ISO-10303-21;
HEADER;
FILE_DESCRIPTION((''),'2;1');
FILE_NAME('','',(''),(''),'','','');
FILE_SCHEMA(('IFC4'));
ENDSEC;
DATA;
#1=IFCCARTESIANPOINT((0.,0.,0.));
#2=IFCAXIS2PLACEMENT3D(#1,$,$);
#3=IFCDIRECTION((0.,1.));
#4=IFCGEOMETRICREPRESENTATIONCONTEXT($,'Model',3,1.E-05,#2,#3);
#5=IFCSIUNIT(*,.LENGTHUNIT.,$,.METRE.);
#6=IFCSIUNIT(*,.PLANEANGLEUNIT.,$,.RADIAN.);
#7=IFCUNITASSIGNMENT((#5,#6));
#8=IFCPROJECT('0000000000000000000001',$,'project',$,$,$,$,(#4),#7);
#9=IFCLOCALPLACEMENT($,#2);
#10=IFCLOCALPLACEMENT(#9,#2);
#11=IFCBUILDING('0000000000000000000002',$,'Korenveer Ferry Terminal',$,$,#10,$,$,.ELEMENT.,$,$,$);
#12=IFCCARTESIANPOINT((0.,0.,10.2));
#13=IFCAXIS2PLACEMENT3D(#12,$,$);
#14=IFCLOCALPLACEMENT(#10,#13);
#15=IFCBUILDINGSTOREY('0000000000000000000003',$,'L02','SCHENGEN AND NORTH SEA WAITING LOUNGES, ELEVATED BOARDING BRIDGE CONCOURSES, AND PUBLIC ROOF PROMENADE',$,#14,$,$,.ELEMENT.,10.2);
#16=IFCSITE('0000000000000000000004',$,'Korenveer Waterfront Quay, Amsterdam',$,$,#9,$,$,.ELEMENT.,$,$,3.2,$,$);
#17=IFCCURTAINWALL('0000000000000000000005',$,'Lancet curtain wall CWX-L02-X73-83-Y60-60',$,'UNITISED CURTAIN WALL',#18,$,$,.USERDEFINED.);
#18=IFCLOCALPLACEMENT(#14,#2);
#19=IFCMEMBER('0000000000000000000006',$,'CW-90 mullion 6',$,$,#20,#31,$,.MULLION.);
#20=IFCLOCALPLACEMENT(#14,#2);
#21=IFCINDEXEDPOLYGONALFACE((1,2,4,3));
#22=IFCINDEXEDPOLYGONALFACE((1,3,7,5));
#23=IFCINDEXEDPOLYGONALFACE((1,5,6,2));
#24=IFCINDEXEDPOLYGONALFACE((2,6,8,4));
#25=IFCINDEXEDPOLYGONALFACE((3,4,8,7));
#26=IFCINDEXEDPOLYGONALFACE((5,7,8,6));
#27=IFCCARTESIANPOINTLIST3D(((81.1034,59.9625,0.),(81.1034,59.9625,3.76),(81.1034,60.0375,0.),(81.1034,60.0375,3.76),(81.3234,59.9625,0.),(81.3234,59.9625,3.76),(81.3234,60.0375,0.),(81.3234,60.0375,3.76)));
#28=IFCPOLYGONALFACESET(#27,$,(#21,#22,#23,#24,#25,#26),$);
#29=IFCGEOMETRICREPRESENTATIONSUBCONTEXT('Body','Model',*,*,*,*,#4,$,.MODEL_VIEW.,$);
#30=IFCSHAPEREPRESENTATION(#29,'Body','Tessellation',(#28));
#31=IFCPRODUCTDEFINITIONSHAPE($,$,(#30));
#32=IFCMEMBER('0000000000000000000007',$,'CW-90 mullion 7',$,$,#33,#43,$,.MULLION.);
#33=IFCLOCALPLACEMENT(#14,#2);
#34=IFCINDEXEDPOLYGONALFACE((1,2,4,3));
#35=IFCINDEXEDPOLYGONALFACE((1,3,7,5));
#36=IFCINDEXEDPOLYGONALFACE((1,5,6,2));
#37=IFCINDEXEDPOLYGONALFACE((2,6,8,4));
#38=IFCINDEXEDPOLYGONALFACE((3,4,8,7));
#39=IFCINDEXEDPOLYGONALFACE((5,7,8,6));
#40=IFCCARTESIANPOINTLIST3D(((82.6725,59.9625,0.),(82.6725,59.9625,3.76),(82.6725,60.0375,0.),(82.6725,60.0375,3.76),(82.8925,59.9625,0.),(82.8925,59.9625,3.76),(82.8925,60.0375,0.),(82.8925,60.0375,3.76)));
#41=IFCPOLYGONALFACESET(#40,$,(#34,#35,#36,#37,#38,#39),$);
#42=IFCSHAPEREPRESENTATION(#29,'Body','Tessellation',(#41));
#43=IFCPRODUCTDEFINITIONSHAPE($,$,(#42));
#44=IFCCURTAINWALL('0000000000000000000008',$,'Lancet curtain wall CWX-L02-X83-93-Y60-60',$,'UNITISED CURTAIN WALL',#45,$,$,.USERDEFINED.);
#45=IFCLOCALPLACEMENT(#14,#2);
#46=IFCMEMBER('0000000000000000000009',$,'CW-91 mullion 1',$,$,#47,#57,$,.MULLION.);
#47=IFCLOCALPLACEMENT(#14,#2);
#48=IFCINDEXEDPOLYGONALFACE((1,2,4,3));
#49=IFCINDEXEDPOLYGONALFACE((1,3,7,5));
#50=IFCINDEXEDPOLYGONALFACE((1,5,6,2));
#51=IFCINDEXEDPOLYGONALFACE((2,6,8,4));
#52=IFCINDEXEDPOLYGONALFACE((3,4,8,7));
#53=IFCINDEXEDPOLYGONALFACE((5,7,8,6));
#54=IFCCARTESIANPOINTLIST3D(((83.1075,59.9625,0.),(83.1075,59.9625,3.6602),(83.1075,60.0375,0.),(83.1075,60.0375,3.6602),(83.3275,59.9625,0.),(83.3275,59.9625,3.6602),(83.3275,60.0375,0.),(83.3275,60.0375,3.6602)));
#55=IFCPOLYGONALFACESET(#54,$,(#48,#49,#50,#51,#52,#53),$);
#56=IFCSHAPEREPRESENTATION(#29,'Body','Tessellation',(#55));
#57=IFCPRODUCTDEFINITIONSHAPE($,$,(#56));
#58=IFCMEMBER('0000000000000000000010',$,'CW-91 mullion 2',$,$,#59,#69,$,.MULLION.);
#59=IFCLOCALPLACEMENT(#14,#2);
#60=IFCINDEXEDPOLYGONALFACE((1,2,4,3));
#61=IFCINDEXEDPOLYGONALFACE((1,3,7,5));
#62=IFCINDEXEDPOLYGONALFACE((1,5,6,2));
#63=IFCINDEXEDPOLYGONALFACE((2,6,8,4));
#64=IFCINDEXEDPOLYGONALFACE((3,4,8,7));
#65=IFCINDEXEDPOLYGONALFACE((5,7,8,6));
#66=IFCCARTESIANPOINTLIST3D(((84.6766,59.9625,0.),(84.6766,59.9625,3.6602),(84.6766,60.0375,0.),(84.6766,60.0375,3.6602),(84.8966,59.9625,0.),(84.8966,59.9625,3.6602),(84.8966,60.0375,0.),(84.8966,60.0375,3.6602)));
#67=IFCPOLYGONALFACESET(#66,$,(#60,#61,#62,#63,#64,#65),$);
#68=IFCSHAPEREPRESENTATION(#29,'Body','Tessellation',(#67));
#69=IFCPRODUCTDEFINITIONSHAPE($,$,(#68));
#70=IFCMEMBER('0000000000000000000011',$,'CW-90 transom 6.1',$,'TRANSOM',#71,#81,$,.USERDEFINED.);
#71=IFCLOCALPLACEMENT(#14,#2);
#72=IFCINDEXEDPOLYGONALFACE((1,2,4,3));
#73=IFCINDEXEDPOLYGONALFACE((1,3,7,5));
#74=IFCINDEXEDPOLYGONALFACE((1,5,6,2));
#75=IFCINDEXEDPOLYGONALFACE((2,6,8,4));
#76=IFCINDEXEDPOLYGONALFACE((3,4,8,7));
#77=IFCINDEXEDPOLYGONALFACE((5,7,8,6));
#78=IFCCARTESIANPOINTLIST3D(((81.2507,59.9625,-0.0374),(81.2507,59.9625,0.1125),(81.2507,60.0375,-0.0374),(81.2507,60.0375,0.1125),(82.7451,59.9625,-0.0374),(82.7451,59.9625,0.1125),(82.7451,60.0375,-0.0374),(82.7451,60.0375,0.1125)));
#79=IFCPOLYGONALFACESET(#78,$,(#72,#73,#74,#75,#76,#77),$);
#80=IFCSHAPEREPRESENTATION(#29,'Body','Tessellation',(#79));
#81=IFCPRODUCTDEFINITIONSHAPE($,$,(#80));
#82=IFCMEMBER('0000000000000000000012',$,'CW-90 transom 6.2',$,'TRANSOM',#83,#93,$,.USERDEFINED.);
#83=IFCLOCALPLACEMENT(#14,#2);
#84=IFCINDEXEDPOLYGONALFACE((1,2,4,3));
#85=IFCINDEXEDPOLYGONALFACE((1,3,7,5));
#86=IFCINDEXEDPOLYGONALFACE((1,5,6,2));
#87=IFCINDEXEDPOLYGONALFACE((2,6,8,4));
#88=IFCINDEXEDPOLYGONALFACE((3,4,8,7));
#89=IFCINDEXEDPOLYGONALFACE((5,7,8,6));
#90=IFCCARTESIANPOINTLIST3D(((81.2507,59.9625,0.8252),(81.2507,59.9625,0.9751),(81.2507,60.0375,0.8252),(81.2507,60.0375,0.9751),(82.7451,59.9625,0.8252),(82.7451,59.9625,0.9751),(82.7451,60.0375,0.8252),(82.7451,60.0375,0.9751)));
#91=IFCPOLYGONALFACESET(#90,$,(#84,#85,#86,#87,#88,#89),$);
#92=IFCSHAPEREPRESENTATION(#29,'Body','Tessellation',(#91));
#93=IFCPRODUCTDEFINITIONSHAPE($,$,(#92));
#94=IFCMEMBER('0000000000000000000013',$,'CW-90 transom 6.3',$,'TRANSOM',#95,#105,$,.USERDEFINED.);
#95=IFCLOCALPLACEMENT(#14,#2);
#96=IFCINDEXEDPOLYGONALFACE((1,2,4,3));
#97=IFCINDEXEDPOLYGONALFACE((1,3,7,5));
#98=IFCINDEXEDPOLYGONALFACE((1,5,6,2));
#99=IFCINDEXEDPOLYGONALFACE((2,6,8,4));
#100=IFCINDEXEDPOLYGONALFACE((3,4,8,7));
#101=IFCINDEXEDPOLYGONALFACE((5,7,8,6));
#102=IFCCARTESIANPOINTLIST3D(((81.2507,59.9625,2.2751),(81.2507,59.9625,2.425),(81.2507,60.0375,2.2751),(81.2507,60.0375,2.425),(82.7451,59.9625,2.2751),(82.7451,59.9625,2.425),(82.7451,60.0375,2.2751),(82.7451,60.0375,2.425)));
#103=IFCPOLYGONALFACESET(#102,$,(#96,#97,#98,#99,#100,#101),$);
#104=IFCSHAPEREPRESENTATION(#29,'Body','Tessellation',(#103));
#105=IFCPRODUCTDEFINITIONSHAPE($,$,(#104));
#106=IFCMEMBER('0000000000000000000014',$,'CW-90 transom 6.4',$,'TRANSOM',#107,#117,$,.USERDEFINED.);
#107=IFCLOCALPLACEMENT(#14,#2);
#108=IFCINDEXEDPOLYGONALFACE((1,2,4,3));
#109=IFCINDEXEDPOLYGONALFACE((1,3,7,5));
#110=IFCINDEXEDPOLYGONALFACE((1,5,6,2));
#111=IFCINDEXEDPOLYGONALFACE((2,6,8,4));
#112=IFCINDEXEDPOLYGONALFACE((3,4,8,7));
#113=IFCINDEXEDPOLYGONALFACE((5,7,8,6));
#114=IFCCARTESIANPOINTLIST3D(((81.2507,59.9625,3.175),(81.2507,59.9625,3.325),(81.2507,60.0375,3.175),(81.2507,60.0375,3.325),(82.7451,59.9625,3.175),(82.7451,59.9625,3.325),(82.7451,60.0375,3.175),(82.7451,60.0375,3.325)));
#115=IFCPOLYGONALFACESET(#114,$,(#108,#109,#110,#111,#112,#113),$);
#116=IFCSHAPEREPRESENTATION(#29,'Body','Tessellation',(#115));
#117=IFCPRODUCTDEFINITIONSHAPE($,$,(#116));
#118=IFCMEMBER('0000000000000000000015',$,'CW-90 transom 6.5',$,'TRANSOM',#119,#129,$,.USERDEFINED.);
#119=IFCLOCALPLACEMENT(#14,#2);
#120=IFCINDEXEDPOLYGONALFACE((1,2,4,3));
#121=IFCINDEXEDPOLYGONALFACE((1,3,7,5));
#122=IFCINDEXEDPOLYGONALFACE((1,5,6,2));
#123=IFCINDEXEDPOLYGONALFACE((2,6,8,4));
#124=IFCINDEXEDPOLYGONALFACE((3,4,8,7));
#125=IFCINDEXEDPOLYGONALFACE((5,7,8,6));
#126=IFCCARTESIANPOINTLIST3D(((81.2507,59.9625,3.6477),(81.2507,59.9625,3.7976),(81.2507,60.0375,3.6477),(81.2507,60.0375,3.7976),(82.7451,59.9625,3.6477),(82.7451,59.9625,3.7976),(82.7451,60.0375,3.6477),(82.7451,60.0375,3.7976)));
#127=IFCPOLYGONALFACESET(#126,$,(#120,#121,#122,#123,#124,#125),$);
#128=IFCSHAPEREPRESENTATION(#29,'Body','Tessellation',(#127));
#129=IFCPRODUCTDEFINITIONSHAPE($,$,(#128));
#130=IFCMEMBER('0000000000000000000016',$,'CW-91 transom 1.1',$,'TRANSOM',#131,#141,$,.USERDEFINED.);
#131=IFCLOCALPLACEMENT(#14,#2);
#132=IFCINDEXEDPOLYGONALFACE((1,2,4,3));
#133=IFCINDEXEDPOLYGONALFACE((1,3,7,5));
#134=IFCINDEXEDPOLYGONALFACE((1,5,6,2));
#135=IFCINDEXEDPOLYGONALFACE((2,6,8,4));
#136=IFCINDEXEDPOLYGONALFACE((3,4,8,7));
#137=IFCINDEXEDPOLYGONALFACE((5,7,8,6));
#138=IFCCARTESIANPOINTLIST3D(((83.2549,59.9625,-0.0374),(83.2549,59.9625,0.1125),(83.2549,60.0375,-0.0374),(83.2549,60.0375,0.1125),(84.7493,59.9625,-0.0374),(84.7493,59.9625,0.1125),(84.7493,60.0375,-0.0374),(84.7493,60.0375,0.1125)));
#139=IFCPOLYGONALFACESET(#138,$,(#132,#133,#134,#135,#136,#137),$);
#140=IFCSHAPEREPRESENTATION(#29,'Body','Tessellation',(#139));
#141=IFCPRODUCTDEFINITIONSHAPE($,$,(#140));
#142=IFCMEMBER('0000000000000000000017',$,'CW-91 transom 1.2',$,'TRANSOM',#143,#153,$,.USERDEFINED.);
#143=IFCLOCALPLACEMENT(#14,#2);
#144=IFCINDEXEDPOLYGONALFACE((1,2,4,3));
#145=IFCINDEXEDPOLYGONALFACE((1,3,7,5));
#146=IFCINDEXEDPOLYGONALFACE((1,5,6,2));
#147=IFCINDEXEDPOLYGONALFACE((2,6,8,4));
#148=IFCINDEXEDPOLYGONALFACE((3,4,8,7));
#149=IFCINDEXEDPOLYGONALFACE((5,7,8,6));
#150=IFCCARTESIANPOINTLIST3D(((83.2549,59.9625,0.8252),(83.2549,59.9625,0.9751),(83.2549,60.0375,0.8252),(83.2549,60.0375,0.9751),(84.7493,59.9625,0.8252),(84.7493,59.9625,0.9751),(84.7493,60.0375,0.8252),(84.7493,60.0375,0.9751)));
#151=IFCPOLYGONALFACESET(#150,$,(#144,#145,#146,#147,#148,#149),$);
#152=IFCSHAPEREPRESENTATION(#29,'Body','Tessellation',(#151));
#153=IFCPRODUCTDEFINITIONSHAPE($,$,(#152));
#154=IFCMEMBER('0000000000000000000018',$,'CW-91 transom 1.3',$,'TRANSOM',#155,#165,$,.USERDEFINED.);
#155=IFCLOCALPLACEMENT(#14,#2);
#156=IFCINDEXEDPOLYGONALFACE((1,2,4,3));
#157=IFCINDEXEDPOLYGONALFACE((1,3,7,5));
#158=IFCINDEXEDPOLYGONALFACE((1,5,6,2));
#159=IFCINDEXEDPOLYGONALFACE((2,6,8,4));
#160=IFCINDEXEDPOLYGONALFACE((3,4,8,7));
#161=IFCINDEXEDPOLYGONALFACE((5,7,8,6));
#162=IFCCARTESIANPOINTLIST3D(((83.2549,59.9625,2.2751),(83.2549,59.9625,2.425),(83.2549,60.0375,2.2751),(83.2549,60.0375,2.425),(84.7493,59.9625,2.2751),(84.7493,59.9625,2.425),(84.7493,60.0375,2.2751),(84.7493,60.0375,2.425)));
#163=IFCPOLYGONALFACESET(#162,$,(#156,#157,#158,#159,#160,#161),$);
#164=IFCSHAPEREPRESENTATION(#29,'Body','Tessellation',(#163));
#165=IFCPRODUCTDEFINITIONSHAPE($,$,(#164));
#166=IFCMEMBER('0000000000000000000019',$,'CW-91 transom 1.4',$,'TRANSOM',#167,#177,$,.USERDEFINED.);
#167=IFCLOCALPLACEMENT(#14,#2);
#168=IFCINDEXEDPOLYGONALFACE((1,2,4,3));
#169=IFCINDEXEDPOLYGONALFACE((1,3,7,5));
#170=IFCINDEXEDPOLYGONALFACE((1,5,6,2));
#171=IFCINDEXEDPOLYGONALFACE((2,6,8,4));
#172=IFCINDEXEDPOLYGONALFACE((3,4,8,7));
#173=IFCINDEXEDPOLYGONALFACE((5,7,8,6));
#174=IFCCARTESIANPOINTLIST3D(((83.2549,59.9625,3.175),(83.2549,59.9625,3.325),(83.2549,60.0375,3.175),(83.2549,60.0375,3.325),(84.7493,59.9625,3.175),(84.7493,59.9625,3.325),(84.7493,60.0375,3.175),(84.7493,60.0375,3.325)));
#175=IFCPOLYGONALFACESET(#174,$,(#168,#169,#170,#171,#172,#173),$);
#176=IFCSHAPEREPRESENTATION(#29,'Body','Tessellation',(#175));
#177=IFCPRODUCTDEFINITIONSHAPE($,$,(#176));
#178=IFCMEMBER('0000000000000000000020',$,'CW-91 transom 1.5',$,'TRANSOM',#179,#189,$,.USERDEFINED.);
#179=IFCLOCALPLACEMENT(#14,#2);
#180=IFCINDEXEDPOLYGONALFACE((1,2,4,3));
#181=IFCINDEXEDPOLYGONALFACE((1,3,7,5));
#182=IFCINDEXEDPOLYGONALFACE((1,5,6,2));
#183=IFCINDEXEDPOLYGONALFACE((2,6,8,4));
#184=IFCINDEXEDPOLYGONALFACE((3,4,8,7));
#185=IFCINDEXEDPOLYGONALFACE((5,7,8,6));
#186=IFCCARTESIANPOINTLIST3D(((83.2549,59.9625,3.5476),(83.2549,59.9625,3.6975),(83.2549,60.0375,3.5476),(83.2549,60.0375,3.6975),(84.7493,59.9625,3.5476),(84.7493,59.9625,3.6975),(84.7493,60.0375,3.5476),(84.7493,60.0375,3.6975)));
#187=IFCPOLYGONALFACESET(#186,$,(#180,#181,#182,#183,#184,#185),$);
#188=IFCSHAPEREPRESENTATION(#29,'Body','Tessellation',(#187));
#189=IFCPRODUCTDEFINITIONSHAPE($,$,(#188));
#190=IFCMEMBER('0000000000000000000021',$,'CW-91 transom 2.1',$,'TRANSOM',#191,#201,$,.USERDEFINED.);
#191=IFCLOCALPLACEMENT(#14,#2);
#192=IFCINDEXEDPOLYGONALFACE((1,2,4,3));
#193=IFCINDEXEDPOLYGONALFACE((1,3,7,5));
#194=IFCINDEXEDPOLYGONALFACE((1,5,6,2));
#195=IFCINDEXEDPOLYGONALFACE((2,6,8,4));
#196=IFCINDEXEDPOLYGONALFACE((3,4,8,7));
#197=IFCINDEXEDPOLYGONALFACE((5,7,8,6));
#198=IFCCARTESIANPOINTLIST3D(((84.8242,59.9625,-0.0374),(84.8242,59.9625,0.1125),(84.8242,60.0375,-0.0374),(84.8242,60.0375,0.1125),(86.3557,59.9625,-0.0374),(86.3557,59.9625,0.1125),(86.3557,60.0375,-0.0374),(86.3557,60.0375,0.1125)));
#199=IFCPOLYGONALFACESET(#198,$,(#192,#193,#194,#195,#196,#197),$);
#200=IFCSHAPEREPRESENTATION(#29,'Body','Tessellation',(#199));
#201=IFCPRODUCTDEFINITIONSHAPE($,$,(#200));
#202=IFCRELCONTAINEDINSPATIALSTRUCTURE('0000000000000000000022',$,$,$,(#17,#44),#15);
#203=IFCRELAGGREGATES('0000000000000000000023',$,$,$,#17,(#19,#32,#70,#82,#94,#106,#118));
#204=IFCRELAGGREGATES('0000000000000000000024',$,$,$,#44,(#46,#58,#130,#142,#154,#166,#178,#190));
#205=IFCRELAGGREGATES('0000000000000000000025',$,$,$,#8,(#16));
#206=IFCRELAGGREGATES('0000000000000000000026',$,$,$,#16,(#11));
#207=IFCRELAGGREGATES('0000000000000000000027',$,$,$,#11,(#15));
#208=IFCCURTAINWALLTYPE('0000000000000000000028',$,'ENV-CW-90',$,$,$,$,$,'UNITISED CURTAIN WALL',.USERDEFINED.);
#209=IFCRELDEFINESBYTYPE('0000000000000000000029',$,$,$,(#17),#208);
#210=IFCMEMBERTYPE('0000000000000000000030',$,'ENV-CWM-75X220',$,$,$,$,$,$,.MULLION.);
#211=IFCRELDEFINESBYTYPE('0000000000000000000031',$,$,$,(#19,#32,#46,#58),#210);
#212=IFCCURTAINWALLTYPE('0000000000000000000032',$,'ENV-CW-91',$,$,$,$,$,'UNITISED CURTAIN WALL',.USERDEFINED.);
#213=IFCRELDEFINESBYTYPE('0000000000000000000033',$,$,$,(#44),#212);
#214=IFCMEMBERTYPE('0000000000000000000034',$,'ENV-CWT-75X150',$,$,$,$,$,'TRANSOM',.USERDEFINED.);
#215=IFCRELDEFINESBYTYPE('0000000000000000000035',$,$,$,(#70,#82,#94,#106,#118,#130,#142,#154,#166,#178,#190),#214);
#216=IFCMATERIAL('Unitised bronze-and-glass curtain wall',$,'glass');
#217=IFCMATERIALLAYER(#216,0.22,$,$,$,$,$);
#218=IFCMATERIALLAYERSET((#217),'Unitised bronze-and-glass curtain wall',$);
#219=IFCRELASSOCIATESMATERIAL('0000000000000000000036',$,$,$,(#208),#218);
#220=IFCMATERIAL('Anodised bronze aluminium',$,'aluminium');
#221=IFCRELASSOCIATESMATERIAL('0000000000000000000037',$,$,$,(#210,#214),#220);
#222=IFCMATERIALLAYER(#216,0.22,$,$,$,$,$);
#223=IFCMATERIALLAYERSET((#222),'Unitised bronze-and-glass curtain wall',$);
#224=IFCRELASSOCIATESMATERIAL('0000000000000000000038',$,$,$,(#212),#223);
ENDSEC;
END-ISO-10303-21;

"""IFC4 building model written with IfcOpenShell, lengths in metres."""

from ifc_helpers import new_model, si_unit, direction, frame, origin, origin_2d, place, context, subcontext, project, spatial, rectangle, extrude, material, layer, layer_set, material_profile, profile_set, type_object, element, aggregate, save


model = new_model("IFC4")

# Units and contexts
model_context = context("Model", 3, precision=1e-05, world=origin(), true_north=direction((0.0, 1.0)))
body_context = subcontext(model_context, "Body", "Model", "MODEL_VIEW")
ifc_project = project(units=[si_unit("LENGTHUNIT", "METRE"), si_unit("PLANEANGLEUNIT", "RADIAN")], contexts=[model_context])

# Site, building, storey
site_placement = place(None, origin())
site = spatial("IfcSite", under=ifc_project, at=site_placement, Name="Korenveer Waterfront Quay, Amsterdam", CompositionType="ELEMENT", RefElevation=3.2)
building_placement = place(site_placement, origin())
building = spatial("IfcBuilding", under=site, at=building_placement, Name="Korenveer Ferry Terminal", CompositionType="ELEMENT")
storey_placement = place(building_placement, frame((0.0, 0.0, 10.2)))
storey = spatial("IfcBuildingStorey", under=building, at=storey_placement, Name="L02", Description="SCHENGEN AND NORTH SEA WAITING LOUNGES, ELEVATED BOARDING BRIDGE CONCOURSES, AND PUBLIC ROOF PROMENADE", CompositionType="ELEMENT", Elevation=10.2)

# Curtain walls, members
ifc_material_1 = material(Name="Unitised bronze-and-glass curtain wall", Category="glass")
ifc_layer_1 = layer(ifc_material_1, 0.22)
ifc_layer_set_1 = layer_set([ifc_layer_1], Name="Unitised bronze-and-glass curtain wall")
curtain_wall_type_1 = type_object("IfcCurtainWallType", Name="ENV-CW-90", ElementType="UNITISED CURTAIN WALL", PredefinedType="USERDEFINED", material=ifc_layer_set_1)
curtain_wall_1_placement = place(storey_placement, frame((73.1799, 60.0, 0.0)))
curtain_wall_1 = element("IfcCurtainWall", 1, at=curtain_wall_1_placement, inside=storey, type_object=curtain_wall_type_1, Name="Lancet curtain wall CWX-L02-X73-83-Y60-60", ObjectType="UNITISED CURTAIN WALL", PredefinedType="USERDEFINED")
ifc_material_2 = material(Name="Anodised bronze aluminium", Category="aluminium")
ifc_material_profile_1 = material_profile(ifc_material_2, rectangle(XDim=0.075, YDim=0.22, at=origin_2d()), Name="ALU 75x220")
ifc_profile_set_1 = profile_set([ifc_material_profile_1], Name="Anodised bronze aluminium")
member_type_1 = type_object("IfcMemberType", Name="ENV-CWM-75X220", PredefinedType="MULLION", material=ifc_profile_set_1)
member_1_placement = place(storey_placement, frame((81.2134, 60.0, 0.0), z_axis=(0.0, 0.0, 1.0), x_axis=(0.0, 1.0, 0.0)))
member_1 = element("IfcMember", 2, at=member_1_placement, type_object=member_type_1, Name="CW-90 mullion 6", PredefinedType="MULLION", context=body_context, shape_type="SweptSolid", body=[
    extrude(rectangle(XDim=0.075, YDim=0.22, at=origin_2d()), origin(), (0.0, 0.0, 1.0), 3.76),
])
member_2_placement = place(storey_placement, frame((82.7825, 60.0, 0.0), z_axis=(0.0, 0.0, 1.0), x_axis=(0.0, 1.0, 0.0)))
member_2 = element("IfcMember", 3, at=member_2_placement, type_object=member_type_1, Name="CW-90 mullion 7", PredefinedType="MULLION", context=body_context, shape_type="SweptSolid", body=[
    extrude(rectangle(XDim=0.075, YDim=0.22, at=origin_2d()), origin(), (0.0, 0.0, 1.0), 3.76),
])
ifc_layer_2 = layer(ifc_material_1, 0.22)
ifc_layer_set_2 = layer_set([ifc_layer_2], Name="Unitised bronze-and-glass curtain wall")
curtain_wall_type_2 = type_object("IfcCurtainWallType", Name="ENV-CW-91", ElementType="UNITISED CURTAIN WALL", PredefinedType="USERDEFINED", material=ifc_layer_set_2)
curtain_wall_2_placement = place(storey_placement, frame((83.1799, 60.0, 0.0)))
curtain_wall_2 = element("IfcCurtainWall", 4, at=curtain_wall_2_placement, inside=storey, type_object=curtain_wall_type_2, Name="Lancet curtain wall CWX-L02-X83-93-Y60-60", ObjectType="UNITISED CURTAIN WALL", PredefinedType="USERDEFINED")
member_3_placement = place(storey_placement, frame((83.2175, 60.0, 0.0), z_axis=(0.0, 0.0, 1.0), x_axis=(0.0, 1.0, 0.0)))
member_3 = element("IfcMember", 5, at=member_3_placement, type_object=member_type_1, Name="CW-91 mullion 1", PredefinedType="MULLION", context=body_context, shape_type="SweptSolid", body=[
    extrude(rectangle(XDim=0.075, YDim=0.22, at=origin_2d()), origin(), (0.0, 0.0, 1.0), 3.6602),
])
member_4_placement = place(storey_placement, frame((84.7866, 60.0, 0.0), z_axis=(0.0, 0.0, 1.0), x_axis=(0.0, 1.0, 0.0)))
member_4 = element("IfcMember", 6, at=member_4_placement, type_object=member_type_1, Name="CW-91 mullion 2", PredefinedType="MULLION", context=body_context, shape_type="SweptSolid", body=[
    extrude(rectangle(XDim=0.075, YDim=0.22, at=origin_2d()), origin(), (0.0, 0.0, 1.0), 3.6602),
])

# Members
ifc_material_profile_2 = material_profile(ifc_material_2, rectangle(XDim=0.075, YDim=0.1499, at=origin_2d()), Name="ALU 75x150")
ifc_profile_set_2 = profile_set([ifc_material_profile_2], Name="Anodised bronze aluminium")
member_type_2 = type_object("IfcMemberType", Name="ENV-CWT-75X150", ElementType="TRANSOM", PredefinedType="USERDEFINED", material=ifc_profile_set_2)
member_5_placement = place(storey_placement, frame((81.2507, 60.0, 0.0376), z_axis=(1.0, 0.0, 0.0), x_axis=(0.0, 1.0, 0.0)))
member_5 = element("IfcMember", 7, at=member_5_placement, type_object=member_type_2, Name="CW-90 transom 6.1", ObjectType="TRANSOM", PredefinedType="USERDEFINED", context=body_context, shape_type="SweptSolid", body=[
    extrude(rectangle(XDim=0.075, YDim=0.1499, at=origin_2d()), origin(), (0.0, 0.0, 1.0), 1.4944),
])
member_6_placement = place(storey_placement, frame((81.2507, 60.0, 0.9001), z_axis=(1.0, 0.0, 0.0), x_axis=(0.0, 1.0, 0.0)))
member_6 = element("IfcMember", 8, at=member_6_placement, type_object=member_type_2, Name="CW-90 transom 6.2", ObjectType="TRANSOM", PredefinedType="USERDEFINED", context=body_context, shape_type="SweptSolid", body=[
    extrude(rectangle(XDim=0.075, YDim=0.1499, at=origin_2d()), origin(), (0.0, 0.0, 1.0), 1.4944),
])
member_7_placement = place(storey_placement, frame((81.2507, 60.0, 2.3501), z_axis=(1.0, 0.0, 0.0), x_axis=(0.0, 1.0, 0.0)))
member_7 = element("IfcMember", 9, at=member_7_placement, type_object=member_type_2, Name="CW-90 transom 6.3", ObjectType="TRANSOM", PredefinedType="USERDEFINED", context=body_context, shape_type="SweptSolid", body=[
    extrude(rectangle(XDim=0.075, YDim=0.1499, at=origin_2d()), origin(), (0.0, 0.0, 1.0), 1.4944),
])
member_8_placement = place(storey_placement, frame((81.2507, 60.0, 3.25), z_axis=(1.0, 0.0, 0.0), x_axis=(0.0, 1.0, 0.0)))
member_8 = element("IfcMember", 10, at=member_8_placement, type_object=member_type_2, Name="CW-90 transom 6.4", ObjectType="TRANSOM", PredefinedType="USERDEFINED", context=body_context, shape_type="SweptSolid", body=[
    extrude(rectangle(XDim=0.075, YDim=0.1499, at=origin_2d()), origin(), (0.0, 0.0, 1.0), 1.4944),
])
member_9_placement = place(storey_placement, frame((81.2507, 60.0, 3.7227), z_axis=(1.0, 0.0, 0.0), x_axis=(0.0, 1.0, 0.0)))
member_9 = element("IfcMember", 11, at=member_9_placement, type_object=member_type_2, Name="CW-90 transom 6.5", ObjectType="TRANSOM", PredefinedType="USERDEFINED", context=body_context, shape_type="SweptSolid", body=[
    extrude(rectangle(XDim=0.075, YDim=0.1499, at=origin_2d()), origin(), (0.0, 0.0, 1.0), 1.4944),
])
member_10_placement = place(storey_placement, frame((83.2549, 60.0, 0.0376), z_axis=(1.0, 0.0, 0.0), x_axis=(0.0, 1.0, 0.0)))
member_10 = element("IfcMember", 12, at=member_10_placement, type_object=member_type_2, Name="CW-91 transom 1.1", ObjectType="TRANSOM", PredefinedType="USERDEFINED", context=body_context, shape_type="SweptSolid", body=[
    extrude(rectangle(XDim=0.075, YDim=0.1499, at=origin_2d()), origin(), (0.0, 0.0, 1.0), 1.4944),
])
member_11_placement = place(storey_placement, frame((83.2549, 60.0, 0.9001), z_axis=(1.0, 0.0, 0.0), x_axis=(0.0, 1.0, 0.0)))
member_11 = element("IfcMember", 13, at=member_11_placement, type_object=member_type_2, Name="CW-91 transom 1.2", ObjectType="TRANSOM", PredefinedType="USERDEFINED", context=body_context, shape_type="SweptSolid", body=[
    extrude(rectangle(XDim=0.075, YDim=0.1499, at=origin_2d()), origin(), (0.0, 0.0, 1.0), 1.4944),
])
member_12_placement = place(storey_placement, frame((83.2549, 60.0, 2.3501), z_axis=(1.0, 0.0, 0.0), x_axis=(0.0, 1.0, 0.0)))
member_12 = element("IfcMember", 14, at=member_12_placement, type_object=member_type_2, Name="CW-91 transom 1.3", ObjectType="TRANSOM", PredefinedType="USERDEFINED", context=body_context, shape_type="SweptSolid", body=[
    extrude(rectangle(XDim=0.075, YDim=0.1499, at=origin_2d()), origin(), (0.0, 0.0, 1.0), 1.4944),
])
member_13_placement = place(storey_placement, frame((83.2549, 60.0, 3.25), z_axis=(1.0, 0.0, 0.0), x_axis=(0.0, 1.0, 0.0)))
member_13 = element("IfcMember", 15, at=member_13_placement, type_object=member_type_2, Name="CW-91 transom 1.4", ObjectType="TRANSOM", PredefinedType="USERDEFINED", context=body_context, shape_type="SweptSolid", body=[
    extrude(rectangle(XDim=0.075, YDim=0.1499, at=origin_2d()), origin(), (0.0, 0.0, 1.0), 1.4944),
])
member_14_placement = place(storey_placement, frame((83.2549, 60.0, 3.6226), z_axis=(1.0, 0.0, 0.0), x_axis=(0.0, 1.0, 0.0)))
member_14 = element("IfcMember", 16, at=member_14_placement, type_object=member_type_2, Name="CW-91 transom 1.5", ObjectType="TRANSOM", PredefinedType="USERDEFINED", context=body_context, shape_type="SweptSolid", body=[
    extrude(rectangle(XDim=0.075, YDim=0.1499, at=origin_2d()), origin(), (0.0, 0.0, 1.0), 1.4944),
])
member_15_placement = place(storey_placement, frame((84.8242, 60.0, 0.0376), z_axis=(1.0, 0.0, 0.0), x_axis=(0.0, 1.0, 0.0)))
member_15 = element("IfcMember", 17, at=member_15_placement, type_object=member_type_2, Name="CW-91 transom 2.1", ObjectType="TRANSOM", PredefinedType="USERDEFINED", context=body_context, shape_type="SweptSolid", body=[
    extrude(rectangle(XDim=0.075, YDim=0.1499, at=origin_2d()), origin(), (0.0, 0.0, 1.0), 1.5315),
])

aggregate(curtain_wall_1, [member_1, member_2, member_5, member_6, member_7, member_8, member_9])
aggregate(curtain_wall_2, [member_3, member_4, member_10, member_11, member_12, member_13, member_14, member_15])

save(model, "model.ifc")
